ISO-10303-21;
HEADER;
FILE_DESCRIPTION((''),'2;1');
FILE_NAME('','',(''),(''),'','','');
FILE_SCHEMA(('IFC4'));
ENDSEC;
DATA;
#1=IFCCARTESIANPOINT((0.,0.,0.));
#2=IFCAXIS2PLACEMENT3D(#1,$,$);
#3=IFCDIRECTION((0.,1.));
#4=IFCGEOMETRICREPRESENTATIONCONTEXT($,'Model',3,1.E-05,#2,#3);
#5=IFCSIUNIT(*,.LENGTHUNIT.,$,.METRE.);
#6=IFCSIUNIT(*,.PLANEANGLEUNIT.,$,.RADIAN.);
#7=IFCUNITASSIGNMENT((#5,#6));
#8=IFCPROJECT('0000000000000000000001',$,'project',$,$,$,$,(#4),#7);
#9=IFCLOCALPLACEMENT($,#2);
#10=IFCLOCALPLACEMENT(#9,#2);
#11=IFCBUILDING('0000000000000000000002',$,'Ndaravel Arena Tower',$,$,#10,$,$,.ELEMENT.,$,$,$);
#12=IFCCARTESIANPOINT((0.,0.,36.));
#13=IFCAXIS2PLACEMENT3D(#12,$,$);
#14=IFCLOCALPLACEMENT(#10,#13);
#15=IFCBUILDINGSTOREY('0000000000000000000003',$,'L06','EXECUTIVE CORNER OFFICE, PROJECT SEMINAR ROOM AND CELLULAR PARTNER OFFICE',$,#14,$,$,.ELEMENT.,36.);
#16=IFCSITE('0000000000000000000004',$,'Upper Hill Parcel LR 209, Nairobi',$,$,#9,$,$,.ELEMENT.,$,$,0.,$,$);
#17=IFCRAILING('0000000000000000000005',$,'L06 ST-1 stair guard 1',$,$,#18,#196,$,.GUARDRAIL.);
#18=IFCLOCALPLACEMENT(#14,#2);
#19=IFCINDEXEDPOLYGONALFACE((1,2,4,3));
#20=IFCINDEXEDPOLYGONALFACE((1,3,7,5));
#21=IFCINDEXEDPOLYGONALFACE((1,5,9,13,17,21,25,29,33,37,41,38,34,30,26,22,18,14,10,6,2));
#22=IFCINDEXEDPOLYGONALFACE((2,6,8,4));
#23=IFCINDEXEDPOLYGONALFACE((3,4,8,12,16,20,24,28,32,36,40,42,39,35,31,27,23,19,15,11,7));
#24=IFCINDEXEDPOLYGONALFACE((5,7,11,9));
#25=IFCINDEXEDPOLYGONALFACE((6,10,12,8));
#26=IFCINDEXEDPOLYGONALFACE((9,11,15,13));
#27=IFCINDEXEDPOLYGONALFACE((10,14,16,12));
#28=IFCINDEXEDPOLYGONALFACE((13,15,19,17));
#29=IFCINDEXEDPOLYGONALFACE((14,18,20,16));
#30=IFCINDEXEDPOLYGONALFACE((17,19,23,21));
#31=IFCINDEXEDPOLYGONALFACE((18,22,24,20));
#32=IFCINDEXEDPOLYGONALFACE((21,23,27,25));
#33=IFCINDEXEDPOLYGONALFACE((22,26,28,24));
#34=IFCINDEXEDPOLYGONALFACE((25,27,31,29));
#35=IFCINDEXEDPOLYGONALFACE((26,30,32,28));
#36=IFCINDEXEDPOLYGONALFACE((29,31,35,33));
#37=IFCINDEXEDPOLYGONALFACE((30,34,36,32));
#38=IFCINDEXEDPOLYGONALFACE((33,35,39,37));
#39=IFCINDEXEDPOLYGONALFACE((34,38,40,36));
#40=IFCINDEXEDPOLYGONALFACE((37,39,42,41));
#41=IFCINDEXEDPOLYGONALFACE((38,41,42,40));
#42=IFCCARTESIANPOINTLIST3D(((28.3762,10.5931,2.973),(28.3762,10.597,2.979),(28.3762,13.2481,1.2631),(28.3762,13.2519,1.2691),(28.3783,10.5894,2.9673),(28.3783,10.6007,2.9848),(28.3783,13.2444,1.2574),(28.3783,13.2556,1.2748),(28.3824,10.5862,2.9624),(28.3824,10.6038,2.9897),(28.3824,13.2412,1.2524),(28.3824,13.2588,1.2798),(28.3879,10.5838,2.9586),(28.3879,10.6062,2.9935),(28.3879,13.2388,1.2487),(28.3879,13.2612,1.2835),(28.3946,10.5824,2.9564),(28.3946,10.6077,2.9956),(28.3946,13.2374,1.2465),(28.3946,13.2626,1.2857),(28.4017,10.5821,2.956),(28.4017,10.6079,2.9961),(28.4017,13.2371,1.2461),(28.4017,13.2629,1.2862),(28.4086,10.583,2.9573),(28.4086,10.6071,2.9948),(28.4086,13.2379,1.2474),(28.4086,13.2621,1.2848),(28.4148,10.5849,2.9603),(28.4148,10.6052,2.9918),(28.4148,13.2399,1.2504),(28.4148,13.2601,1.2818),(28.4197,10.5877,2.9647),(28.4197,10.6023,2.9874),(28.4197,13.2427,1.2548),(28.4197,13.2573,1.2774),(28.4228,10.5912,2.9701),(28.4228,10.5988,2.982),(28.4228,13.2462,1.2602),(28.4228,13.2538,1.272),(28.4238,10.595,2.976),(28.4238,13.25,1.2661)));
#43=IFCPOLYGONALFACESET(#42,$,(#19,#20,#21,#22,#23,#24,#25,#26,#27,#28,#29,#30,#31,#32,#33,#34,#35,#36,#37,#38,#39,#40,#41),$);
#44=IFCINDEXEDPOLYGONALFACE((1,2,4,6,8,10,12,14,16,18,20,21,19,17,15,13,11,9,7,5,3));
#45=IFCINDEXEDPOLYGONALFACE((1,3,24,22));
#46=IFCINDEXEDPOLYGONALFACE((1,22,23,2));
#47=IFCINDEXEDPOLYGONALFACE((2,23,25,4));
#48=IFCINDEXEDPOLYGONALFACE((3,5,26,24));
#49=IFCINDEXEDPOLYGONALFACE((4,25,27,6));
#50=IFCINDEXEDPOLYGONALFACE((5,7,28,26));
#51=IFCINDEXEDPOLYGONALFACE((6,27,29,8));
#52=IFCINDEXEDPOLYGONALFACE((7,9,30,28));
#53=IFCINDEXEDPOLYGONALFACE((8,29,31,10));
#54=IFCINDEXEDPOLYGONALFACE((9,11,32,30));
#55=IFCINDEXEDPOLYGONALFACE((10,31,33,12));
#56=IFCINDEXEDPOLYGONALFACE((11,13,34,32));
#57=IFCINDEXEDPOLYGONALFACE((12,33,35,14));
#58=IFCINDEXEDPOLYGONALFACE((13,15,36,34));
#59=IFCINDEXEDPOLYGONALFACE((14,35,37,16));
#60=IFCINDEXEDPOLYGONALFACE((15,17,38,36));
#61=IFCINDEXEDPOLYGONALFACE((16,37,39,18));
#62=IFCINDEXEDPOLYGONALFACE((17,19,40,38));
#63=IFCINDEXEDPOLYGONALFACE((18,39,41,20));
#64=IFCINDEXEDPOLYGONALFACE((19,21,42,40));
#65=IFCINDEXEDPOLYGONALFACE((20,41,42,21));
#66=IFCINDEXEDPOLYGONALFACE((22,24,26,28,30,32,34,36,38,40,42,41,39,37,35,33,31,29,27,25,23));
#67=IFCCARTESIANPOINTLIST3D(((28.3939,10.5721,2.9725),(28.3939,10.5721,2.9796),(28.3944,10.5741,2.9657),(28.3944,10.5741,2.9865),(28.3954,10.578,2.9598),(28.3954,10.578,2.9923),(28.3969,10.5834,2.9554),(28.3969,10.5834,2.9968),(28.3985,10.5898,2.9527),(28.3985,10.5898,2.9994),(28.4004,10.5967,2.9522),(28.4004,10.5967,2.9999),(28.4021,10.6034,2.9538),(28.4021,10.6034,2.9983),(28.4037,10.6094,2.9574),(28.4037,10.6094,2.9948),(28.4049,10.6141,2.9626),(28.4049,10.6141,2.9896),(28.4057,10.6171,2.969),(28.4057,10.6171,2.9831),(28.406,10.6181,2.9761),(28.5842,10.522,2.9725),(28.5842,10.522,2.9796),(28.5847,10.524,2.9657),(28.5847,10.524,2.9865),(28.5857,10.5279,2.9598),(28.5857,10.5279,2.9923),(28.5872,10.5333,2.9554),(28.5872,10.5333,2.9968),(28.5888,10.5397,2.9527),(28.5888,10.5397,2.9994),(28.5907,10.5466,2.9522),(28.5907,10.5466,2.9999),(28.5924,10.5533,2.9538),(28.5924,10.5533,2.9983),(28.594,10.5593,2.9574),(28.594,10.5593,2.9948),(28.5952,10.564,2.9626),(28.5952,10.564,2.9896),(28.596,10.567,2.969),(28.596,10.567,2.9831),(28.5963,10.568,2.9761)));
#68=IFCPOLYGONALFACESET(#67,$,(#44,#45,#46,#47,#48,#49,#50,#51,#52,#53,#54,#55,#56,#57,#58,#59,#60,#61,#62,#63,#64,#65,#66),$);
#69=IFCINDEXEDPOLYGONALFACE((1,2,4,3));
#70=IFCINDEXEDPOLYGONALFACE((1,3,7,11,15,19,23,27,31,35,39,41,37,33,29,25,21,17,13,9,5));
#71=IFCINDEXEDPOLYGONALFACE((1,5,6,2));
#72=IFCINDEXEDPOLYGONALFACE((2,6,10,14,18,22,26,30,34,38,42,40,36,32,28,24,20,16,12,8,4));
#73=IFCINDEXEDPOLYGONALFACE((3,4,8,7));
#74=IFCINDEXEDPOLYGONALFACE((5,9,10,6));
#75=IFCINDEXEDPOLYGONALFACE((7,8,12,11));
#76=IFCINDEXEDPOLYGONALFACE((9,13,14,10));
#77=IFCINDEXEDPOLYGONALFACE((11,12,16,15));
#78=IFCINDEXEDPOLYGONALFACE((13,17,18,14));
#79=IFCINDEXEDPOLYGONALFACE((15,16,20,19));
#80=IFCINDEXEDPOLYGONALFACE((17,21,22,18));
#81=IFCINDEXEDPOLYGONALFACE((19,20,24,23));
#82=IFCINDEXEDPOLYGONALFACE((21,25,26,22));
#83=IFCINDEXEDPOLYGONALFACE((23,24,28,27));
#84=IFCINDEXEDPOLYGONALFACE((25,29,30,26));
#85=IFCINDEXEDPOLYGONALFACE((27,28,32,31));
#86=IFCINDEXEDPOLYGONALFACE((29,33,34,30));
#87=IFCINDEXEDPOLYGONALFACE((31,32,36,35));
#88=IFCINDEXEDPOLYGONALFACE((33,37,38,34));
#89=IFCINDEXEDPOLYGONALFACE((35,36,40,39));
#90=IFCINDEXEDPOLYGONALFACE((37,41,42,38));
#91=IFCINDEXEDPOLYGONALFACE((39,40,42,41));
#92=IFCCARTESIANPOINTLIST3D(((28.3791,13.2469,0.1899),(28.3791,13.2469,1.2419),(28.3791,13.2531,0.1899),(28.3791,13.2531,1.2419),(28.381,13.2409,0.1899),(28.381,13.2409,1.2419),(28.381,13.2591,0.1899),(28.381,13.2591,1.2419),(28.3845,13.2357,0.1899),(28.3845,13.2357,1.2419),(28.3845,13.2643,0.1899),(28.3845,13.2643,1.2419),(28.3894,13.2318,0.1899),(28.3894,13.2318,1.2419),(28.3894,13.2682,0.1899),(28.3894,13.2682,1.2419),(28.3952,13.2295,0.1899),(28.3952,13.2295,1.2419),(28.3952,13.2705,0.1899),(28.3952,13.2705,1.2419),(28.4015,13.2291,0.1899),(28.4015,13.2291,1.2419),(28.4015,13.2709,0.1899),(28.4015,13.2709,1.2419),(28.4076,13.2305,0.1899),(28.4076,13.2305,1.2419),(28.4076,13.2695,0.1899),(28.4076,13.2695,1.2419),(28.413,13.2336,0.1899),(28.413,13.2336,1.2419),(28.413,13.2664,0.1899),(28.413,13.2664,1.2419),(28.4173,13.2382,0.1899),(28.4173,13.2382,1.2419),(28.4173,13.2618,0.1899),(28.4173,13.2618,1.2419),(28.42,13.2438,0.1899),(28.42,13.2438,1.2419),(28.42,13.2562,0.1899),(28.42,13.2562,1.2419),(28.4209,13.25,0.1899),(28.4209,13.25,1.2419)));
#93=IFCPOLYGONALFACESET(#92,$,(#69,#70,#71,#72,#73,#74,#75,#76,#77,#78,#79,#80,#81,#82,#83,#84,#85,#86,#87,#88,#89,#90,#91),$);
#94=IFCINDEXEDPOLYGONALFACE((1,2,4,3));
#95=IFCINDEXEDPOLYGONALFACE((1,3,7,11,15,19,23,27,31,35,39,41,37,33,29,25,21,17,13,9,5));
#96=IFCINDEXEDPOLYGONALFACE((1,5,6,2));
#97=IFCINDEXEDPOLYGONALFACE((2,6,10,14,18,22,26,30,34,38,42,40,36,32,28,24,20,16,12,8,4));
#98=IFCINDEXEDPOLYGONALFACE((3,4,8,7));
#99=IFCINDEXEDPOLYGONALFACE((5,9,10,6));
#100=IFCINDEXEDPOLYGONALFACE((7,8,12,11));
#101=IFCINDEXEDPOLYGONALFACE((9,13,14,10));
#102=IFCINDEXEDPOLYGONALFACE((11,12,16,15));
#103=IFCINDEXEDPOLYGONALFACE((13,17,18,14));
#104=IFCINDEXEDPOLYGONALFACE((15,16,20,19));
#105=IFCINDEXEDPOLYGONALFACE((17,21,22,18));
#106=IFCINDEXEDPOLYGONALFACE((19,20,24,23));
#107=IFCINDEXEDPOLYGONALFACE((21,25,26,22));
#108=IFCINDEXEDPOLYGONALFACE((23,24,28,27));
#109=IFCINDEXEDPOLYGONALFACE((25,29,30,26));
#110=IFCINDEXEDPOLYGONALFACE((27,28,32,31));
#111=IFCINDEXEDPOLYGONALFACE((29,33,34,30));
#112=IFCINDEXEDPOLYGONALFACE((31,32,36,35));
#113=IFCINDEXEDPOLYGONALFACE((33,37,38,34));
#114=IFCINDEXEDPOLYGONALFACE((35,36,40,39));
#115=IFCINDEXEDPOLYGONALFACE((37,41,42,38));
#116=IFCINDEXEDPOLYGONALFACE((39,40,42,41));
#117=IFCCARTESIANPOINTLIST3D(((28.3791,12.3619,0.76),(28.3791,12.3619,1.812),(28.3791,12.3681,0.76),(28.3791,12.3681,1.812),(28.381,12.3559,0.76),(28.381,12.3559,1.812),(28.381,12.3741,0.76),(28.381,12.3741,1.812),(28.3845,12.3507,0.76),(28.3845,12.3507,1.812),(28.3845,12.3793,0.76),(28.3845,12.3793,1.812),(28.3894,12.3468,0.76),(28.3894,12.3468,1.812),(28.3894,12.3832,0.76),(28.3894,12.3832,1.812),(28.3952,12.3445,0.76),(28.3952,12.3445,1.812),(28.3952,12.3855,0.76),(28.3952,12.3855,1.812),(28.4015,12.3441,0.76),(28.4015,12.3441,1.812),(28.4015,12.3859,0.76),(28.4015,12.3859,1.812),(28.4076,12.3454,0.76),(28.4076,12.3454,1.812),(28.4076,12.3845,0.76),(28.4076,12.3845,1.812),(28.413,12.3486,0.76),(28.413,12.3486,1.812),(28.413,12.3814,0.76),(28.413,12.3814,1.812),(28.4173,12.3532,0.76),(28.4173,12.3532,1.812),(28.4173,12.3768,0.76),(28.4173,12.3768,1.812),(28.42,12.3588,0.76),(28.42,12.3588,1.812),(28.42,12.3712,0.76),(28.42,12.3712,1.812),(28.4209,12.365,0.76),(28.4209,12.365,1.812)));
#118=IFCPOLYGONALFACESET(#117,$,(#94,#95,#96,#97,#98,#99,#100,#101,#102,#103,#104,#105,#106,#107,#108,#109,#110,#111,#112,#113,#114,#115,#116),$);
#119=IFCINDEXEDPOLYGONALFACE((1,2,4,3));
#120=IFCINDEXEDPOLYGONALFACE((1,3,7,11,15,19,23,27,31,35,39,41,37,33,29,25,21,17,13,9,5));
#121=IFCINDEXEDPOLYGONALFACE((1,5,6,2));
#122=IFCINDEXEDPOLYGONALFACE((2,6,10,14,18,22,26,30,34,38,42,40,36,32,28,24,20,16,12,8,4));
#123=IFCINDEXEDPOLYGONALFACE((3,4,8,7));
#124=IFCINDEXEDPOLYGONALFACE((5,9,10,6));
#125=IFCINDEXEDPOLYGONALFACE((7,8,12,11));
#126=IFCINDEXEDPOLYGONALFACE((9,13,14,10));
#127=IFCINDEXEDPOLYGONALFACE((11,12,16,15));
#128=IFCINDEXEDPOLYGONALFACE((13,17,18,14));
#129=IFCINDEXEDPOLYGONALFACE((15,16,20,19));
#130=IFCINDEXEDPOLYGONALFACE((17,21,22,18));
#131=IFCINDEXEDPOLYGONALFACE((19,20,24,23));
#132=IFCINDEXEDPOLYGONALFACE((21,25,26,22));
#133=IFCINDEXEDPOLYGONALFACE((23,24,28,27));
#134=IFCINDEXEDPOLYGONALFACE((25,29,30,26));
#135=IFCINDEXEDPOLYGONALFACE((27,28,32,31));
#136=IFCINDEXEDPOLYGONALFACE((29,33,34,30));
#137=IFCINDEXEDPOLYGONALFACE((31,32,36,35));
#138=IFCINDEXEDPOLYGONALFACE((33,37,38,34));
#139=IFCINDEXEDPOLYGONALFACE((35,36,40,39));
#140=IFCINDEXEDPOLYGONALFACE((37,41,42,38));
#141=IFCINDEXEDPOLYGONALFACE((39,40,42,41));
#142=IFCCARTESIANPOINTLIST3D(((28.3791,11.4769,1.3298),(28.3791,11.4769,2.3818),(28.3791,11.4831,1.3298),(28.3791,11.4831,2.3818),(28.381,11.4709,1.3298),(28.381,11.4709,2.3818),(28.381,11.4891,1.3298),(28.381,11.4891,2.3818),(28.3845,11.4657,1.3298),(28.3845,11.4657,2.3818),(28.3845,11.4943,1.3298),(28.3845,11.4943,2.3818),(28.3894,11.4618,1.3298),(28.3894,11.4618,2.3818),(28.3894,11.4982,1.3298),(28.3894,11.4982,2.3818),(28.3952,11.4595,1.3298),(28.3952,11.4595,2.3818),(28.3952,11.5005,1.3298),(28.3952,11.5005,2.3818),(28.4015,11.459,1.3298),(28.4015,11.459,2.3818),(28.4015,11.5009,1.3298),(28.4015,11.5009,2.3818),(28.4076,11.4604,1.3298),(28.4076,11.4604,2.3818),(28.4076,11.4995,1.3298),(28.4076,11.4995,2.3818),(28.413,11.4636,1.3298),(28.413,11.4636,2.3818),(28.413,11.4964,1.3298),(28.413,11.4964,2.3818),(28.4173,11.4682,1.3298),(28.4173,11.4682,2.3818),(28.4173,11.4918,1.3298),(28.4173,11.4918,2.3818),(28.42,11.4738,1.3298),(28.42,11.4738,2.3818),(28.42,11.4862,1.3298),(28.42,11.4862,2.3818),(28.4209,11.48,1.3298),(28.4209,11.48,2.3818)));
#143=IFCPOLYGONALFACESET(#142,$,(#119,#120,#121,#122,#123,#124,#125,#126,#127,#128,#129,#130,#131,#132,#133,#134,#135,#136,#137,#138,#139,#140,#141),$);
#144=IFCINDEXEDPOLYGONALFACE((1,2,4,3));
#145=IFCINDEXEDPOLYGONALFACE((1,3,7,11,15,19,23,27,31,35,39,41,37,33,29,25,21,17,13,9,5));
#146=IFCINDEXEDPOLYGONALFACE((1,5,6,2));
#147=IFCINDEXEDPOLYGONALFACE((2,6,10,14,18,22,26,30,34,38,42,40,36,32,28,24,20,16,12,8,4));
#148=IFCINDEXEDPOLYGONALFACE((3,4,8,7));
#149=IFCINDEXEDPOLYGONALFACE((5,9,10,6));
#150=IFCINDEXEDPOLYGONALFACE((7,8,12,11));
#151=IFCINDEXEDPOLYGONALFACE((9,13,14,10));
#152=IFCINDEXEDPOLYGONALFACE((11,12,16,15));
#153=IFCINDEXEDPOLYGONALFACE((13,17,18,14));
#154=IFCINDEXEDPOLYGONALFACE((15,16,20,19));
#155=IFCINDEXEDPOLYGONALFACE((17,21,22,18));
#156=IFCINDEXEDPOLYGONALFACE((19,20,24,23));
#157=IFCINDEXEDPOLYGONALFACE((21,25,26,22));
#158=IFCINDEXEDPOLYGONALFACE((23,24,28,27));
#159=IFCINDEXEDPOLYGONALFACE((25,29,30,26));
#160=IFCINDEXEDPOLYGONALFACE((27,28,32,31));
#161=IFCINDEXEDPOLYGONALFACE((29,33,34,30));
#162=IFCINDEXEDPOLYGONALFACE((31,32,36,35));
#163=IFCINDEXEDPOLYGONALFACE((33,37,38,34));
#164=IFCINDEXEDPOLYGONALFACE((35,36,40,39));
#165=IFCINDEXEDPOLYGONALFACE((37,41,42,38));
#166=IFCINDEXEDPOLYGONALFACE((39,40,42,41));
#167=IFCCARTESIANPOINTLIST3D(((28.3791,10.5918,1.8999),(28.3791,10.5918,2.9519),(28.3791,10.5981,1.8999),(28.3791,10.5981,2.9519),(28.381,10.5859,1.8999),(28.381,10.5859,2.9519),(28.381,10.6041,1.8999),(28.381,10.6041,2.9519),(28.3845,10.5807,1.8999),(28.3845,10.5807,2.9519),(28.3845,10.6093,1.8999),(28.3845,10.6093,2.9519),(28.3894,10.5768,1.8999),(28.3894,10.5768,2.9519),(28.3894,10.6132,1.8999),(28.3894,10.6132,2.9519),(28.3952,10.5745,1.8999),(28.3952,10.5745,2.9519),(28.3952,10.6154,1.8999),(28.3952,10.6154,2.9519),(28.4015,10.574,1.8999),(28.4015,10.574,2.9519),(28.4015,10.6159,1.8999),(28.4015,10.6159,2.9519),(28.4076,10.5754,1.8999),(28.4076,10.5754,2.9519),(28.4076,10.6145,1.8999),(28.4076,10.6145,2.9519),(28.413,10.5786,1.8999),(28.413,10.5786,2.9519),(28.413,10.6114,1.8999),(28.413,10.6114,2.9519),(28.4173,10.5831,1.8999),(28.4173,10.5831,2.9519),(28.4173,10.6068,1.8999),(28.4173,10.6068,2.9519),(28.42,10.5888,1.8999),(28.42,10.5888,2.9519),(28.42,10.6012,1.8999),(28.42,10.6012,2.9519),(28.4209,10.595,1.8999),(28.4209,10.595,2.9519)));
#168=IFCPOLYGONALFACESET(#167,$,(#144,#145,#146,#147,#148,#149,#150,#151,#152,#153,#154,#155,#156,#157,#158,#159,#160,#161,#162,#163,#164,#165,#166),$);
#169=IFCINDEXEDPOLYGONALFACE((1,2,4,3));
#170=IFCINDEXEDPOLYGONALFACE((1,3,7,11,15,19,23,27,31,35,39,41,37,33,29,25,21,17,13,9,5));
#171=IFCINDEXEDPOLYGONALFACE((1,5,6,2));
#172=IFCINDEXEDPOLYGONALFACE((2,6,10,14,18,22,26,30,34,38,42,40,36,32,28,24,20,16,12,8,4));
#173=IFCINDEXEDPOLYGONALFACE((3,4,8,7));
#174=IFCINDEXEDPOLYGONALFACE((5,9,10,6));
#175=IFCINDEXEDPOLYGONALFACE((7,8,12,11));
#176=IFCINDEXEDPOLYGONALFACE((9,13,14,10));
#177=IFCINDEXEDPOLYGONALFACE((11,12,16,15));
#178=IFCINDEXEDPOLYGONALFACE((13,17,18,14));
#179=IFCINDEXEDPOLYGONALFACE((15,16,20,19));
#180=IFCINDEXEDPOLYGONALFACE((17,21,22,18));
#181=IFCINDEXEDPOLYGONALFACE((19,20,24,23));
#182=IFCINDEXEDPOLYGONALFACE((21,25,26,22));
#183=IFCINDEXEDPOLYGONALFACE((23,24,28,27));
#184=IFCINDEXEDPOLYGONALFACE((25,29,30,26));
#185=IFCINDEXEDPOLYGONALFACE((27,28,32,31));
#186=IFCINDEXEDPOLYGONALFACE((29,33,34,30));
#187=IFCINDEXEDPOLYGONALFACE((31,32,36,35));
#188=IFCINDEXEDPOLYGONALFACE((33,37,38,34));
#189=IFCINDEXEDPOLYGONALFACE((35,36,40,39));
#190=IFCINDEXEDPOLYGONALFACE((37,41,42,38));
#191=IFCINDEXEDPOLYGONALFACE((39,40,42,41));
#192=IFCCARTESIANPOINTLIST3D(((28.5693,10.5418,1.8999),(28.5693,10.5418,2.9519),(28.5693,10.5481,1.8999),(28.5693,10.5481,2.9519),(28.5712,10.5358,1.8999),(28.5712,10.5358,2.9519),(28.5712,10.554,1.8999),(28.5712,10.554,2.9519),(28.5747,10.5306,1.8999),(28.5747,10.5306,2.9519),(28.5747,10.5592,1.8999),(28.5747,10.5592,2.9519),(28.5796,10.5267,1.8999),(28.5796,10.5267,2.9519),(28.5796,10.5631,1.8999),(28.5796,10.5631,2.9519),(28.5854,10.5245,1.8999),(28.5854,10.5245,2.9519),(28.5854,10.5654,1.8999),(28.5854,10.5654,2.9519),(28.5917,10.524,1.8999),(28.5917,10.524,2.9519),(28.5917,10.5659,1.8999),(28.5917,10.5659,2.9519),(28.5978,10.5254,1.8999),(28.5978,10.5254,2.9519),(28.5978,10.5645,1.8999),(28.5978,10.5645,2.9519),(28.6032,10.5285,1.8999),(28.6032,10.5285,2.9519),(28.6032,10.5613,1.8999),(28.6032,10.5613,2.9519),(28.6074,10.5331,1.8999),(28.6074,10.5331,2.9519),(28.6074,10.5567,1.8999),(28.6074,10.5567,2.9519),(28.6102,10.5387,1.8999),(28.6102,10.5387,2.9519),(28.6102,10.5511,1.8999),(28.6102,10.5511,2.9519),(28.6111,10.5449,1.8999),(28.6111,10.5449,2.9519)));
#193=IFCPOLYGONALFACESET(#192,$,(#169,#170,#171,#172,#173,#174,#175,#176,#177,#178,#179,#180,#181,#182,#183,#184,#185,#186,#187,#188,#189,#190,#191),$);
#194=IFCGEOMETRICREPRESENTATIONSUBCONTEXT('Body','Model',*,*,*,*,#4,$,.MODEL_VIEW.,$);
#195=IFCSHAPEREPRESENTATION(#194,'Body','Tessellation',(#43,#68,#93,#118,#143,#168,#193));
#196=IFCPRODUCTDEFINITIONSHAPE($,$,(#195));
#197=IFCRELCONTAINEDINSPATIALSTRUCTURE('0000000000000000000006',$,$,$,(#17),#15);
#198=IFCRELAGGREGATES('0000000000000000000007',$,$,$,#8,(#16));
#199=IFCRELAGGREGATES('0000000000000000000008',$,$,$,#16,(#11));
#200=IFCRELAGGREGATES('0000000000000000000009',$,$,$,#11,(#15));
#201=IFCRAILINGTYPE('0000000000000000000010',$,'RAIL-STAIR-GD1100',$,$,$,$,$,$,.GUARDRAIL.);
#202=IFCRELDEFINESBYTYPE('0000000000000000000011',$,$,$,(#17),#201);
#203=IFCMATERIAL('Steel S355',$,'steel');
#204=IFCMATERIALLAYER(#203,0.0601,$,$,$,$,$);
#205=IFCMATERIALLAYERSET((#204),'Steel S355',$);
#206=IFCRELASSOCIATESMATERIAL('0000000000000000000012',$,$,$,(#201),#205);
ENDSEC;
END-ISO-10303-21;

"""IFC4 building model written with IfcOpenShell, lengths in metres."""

from ifc_helpers import new_model, si_unit, direction, frame, origin, origin_2d, place, context, subcontext, project, spatial, circle, extrude, material, layer, layer_set, type_object, element, save


model = new_model("IFC4")

# Units and contexts
model_context = context("Model", 3, precision=1e-05, world=origin(), true_north=direction((0.0, 1.0)))
body_context = subcontext(model_context, "Body", "Model", "MODEL_VIEW")
ifc_project = project(units=[si_unit("LENGTHUNIT", "METRE"), si_unit("PLANEANGLEUNIT", "RADIAN")], contexts=[model_context])

# Site, building, storey
site_placement = place(None, origin())
site = spatial("IfcSite", under=ifc_project, at=site_placement, Name="Upper Hill Parcel LR 209, Nairobi", CompositionType="ELEMENT", RefElevation=0.0)
building_placement = place(site_placement, origin())
building = spatial("IfcBuilding", under=site, at=building_placement, Name="Ndaravel Arena Tower", CompositionType="ELEMENT")
storey_placement = place(building_placement, frame((0.0, 0.0, 36.0)))
storey = spatial("IfcBuildingStorey", under=building, at=storey_placement, Name="L06", Description="EXECUTIVE CORNER OFFICE, PROJECT SEMINAR ROOM AND CELLULAR PARTNER OFFICE", CompositionType="ELEMENT", Elevation=36.0)

# Railing
ifc_material_1 = material(Name="Steel S355", Category="steel")
ifc_layer_1 = layer(ifc_material_1, 0.0601)
ifc_layer_set_1 = layer_set([ifc_layer_1], Name="Steel S355")
railing_type_1 = type_object("IfcRailingType", Name="RAIL-STAIR-GD1100", PredefinedType="GUARDRAIL", material=ifc_layer_set_1)
railing_1_placement = place(storey_placement, frame((28.3999, 13.25, 0.1899)))
element("IfcRailing", 1, at=railing_1_placement, inside=storey, type_object=railing_type_1, Name="L06 ST-1 stair guard 1", PredefinedType="GUARDRAIL", context=body_context, shape_type="SweptSolid", body=[
    extrude(circle(Radius=0.0239, at=origin_2d()), frame((0.0, 0.0, 1.0762), z_axis=(0.0, -0.840724, 0.541465), x_axis=(1.0, 0.0, 0.0)), (0.0, 0.0, 1.0), 3.158),
    extrude(circle(Radius=0.0239, at=origin_2d()), frame((0.0, -2.655, 2.7861), z_axis=(0.967075, -0.254493, 0.0), x_axis=(0.254493, 0.967075, 0.0)), (0.0, 0.0, 1.0), 0.1968),
    extrude(circle(Radius=0.021, at=origin_2d()), origin(), (0.0, 0.0, 1.0), 1.052),
    extrude(circle(Radius=0.021, at=origin_2d()), frame((0.0, -0.885, 0.5701)), (0.0, 0.0, 1.0), 1.052),
    extrude(circle(Radius=0.021, at=origin_2d()), frame((0.0, -1.77, 1.1399)), (0.0, 0.0, 1.0), 1.052),
    extrude(circle(Radius=0.021, at=origin_2d()), frame((0.0, -2.655, 1.71)), (0.0, 0.0, 1.0), 1.052),
    extrude(circle(Radius=0.021, at=origin_2d()), frame((0.1902, -2.7051, 1.71)), (0.0, 0.0, 1.0), 1.052),
])

save(model, "model.ifc")
